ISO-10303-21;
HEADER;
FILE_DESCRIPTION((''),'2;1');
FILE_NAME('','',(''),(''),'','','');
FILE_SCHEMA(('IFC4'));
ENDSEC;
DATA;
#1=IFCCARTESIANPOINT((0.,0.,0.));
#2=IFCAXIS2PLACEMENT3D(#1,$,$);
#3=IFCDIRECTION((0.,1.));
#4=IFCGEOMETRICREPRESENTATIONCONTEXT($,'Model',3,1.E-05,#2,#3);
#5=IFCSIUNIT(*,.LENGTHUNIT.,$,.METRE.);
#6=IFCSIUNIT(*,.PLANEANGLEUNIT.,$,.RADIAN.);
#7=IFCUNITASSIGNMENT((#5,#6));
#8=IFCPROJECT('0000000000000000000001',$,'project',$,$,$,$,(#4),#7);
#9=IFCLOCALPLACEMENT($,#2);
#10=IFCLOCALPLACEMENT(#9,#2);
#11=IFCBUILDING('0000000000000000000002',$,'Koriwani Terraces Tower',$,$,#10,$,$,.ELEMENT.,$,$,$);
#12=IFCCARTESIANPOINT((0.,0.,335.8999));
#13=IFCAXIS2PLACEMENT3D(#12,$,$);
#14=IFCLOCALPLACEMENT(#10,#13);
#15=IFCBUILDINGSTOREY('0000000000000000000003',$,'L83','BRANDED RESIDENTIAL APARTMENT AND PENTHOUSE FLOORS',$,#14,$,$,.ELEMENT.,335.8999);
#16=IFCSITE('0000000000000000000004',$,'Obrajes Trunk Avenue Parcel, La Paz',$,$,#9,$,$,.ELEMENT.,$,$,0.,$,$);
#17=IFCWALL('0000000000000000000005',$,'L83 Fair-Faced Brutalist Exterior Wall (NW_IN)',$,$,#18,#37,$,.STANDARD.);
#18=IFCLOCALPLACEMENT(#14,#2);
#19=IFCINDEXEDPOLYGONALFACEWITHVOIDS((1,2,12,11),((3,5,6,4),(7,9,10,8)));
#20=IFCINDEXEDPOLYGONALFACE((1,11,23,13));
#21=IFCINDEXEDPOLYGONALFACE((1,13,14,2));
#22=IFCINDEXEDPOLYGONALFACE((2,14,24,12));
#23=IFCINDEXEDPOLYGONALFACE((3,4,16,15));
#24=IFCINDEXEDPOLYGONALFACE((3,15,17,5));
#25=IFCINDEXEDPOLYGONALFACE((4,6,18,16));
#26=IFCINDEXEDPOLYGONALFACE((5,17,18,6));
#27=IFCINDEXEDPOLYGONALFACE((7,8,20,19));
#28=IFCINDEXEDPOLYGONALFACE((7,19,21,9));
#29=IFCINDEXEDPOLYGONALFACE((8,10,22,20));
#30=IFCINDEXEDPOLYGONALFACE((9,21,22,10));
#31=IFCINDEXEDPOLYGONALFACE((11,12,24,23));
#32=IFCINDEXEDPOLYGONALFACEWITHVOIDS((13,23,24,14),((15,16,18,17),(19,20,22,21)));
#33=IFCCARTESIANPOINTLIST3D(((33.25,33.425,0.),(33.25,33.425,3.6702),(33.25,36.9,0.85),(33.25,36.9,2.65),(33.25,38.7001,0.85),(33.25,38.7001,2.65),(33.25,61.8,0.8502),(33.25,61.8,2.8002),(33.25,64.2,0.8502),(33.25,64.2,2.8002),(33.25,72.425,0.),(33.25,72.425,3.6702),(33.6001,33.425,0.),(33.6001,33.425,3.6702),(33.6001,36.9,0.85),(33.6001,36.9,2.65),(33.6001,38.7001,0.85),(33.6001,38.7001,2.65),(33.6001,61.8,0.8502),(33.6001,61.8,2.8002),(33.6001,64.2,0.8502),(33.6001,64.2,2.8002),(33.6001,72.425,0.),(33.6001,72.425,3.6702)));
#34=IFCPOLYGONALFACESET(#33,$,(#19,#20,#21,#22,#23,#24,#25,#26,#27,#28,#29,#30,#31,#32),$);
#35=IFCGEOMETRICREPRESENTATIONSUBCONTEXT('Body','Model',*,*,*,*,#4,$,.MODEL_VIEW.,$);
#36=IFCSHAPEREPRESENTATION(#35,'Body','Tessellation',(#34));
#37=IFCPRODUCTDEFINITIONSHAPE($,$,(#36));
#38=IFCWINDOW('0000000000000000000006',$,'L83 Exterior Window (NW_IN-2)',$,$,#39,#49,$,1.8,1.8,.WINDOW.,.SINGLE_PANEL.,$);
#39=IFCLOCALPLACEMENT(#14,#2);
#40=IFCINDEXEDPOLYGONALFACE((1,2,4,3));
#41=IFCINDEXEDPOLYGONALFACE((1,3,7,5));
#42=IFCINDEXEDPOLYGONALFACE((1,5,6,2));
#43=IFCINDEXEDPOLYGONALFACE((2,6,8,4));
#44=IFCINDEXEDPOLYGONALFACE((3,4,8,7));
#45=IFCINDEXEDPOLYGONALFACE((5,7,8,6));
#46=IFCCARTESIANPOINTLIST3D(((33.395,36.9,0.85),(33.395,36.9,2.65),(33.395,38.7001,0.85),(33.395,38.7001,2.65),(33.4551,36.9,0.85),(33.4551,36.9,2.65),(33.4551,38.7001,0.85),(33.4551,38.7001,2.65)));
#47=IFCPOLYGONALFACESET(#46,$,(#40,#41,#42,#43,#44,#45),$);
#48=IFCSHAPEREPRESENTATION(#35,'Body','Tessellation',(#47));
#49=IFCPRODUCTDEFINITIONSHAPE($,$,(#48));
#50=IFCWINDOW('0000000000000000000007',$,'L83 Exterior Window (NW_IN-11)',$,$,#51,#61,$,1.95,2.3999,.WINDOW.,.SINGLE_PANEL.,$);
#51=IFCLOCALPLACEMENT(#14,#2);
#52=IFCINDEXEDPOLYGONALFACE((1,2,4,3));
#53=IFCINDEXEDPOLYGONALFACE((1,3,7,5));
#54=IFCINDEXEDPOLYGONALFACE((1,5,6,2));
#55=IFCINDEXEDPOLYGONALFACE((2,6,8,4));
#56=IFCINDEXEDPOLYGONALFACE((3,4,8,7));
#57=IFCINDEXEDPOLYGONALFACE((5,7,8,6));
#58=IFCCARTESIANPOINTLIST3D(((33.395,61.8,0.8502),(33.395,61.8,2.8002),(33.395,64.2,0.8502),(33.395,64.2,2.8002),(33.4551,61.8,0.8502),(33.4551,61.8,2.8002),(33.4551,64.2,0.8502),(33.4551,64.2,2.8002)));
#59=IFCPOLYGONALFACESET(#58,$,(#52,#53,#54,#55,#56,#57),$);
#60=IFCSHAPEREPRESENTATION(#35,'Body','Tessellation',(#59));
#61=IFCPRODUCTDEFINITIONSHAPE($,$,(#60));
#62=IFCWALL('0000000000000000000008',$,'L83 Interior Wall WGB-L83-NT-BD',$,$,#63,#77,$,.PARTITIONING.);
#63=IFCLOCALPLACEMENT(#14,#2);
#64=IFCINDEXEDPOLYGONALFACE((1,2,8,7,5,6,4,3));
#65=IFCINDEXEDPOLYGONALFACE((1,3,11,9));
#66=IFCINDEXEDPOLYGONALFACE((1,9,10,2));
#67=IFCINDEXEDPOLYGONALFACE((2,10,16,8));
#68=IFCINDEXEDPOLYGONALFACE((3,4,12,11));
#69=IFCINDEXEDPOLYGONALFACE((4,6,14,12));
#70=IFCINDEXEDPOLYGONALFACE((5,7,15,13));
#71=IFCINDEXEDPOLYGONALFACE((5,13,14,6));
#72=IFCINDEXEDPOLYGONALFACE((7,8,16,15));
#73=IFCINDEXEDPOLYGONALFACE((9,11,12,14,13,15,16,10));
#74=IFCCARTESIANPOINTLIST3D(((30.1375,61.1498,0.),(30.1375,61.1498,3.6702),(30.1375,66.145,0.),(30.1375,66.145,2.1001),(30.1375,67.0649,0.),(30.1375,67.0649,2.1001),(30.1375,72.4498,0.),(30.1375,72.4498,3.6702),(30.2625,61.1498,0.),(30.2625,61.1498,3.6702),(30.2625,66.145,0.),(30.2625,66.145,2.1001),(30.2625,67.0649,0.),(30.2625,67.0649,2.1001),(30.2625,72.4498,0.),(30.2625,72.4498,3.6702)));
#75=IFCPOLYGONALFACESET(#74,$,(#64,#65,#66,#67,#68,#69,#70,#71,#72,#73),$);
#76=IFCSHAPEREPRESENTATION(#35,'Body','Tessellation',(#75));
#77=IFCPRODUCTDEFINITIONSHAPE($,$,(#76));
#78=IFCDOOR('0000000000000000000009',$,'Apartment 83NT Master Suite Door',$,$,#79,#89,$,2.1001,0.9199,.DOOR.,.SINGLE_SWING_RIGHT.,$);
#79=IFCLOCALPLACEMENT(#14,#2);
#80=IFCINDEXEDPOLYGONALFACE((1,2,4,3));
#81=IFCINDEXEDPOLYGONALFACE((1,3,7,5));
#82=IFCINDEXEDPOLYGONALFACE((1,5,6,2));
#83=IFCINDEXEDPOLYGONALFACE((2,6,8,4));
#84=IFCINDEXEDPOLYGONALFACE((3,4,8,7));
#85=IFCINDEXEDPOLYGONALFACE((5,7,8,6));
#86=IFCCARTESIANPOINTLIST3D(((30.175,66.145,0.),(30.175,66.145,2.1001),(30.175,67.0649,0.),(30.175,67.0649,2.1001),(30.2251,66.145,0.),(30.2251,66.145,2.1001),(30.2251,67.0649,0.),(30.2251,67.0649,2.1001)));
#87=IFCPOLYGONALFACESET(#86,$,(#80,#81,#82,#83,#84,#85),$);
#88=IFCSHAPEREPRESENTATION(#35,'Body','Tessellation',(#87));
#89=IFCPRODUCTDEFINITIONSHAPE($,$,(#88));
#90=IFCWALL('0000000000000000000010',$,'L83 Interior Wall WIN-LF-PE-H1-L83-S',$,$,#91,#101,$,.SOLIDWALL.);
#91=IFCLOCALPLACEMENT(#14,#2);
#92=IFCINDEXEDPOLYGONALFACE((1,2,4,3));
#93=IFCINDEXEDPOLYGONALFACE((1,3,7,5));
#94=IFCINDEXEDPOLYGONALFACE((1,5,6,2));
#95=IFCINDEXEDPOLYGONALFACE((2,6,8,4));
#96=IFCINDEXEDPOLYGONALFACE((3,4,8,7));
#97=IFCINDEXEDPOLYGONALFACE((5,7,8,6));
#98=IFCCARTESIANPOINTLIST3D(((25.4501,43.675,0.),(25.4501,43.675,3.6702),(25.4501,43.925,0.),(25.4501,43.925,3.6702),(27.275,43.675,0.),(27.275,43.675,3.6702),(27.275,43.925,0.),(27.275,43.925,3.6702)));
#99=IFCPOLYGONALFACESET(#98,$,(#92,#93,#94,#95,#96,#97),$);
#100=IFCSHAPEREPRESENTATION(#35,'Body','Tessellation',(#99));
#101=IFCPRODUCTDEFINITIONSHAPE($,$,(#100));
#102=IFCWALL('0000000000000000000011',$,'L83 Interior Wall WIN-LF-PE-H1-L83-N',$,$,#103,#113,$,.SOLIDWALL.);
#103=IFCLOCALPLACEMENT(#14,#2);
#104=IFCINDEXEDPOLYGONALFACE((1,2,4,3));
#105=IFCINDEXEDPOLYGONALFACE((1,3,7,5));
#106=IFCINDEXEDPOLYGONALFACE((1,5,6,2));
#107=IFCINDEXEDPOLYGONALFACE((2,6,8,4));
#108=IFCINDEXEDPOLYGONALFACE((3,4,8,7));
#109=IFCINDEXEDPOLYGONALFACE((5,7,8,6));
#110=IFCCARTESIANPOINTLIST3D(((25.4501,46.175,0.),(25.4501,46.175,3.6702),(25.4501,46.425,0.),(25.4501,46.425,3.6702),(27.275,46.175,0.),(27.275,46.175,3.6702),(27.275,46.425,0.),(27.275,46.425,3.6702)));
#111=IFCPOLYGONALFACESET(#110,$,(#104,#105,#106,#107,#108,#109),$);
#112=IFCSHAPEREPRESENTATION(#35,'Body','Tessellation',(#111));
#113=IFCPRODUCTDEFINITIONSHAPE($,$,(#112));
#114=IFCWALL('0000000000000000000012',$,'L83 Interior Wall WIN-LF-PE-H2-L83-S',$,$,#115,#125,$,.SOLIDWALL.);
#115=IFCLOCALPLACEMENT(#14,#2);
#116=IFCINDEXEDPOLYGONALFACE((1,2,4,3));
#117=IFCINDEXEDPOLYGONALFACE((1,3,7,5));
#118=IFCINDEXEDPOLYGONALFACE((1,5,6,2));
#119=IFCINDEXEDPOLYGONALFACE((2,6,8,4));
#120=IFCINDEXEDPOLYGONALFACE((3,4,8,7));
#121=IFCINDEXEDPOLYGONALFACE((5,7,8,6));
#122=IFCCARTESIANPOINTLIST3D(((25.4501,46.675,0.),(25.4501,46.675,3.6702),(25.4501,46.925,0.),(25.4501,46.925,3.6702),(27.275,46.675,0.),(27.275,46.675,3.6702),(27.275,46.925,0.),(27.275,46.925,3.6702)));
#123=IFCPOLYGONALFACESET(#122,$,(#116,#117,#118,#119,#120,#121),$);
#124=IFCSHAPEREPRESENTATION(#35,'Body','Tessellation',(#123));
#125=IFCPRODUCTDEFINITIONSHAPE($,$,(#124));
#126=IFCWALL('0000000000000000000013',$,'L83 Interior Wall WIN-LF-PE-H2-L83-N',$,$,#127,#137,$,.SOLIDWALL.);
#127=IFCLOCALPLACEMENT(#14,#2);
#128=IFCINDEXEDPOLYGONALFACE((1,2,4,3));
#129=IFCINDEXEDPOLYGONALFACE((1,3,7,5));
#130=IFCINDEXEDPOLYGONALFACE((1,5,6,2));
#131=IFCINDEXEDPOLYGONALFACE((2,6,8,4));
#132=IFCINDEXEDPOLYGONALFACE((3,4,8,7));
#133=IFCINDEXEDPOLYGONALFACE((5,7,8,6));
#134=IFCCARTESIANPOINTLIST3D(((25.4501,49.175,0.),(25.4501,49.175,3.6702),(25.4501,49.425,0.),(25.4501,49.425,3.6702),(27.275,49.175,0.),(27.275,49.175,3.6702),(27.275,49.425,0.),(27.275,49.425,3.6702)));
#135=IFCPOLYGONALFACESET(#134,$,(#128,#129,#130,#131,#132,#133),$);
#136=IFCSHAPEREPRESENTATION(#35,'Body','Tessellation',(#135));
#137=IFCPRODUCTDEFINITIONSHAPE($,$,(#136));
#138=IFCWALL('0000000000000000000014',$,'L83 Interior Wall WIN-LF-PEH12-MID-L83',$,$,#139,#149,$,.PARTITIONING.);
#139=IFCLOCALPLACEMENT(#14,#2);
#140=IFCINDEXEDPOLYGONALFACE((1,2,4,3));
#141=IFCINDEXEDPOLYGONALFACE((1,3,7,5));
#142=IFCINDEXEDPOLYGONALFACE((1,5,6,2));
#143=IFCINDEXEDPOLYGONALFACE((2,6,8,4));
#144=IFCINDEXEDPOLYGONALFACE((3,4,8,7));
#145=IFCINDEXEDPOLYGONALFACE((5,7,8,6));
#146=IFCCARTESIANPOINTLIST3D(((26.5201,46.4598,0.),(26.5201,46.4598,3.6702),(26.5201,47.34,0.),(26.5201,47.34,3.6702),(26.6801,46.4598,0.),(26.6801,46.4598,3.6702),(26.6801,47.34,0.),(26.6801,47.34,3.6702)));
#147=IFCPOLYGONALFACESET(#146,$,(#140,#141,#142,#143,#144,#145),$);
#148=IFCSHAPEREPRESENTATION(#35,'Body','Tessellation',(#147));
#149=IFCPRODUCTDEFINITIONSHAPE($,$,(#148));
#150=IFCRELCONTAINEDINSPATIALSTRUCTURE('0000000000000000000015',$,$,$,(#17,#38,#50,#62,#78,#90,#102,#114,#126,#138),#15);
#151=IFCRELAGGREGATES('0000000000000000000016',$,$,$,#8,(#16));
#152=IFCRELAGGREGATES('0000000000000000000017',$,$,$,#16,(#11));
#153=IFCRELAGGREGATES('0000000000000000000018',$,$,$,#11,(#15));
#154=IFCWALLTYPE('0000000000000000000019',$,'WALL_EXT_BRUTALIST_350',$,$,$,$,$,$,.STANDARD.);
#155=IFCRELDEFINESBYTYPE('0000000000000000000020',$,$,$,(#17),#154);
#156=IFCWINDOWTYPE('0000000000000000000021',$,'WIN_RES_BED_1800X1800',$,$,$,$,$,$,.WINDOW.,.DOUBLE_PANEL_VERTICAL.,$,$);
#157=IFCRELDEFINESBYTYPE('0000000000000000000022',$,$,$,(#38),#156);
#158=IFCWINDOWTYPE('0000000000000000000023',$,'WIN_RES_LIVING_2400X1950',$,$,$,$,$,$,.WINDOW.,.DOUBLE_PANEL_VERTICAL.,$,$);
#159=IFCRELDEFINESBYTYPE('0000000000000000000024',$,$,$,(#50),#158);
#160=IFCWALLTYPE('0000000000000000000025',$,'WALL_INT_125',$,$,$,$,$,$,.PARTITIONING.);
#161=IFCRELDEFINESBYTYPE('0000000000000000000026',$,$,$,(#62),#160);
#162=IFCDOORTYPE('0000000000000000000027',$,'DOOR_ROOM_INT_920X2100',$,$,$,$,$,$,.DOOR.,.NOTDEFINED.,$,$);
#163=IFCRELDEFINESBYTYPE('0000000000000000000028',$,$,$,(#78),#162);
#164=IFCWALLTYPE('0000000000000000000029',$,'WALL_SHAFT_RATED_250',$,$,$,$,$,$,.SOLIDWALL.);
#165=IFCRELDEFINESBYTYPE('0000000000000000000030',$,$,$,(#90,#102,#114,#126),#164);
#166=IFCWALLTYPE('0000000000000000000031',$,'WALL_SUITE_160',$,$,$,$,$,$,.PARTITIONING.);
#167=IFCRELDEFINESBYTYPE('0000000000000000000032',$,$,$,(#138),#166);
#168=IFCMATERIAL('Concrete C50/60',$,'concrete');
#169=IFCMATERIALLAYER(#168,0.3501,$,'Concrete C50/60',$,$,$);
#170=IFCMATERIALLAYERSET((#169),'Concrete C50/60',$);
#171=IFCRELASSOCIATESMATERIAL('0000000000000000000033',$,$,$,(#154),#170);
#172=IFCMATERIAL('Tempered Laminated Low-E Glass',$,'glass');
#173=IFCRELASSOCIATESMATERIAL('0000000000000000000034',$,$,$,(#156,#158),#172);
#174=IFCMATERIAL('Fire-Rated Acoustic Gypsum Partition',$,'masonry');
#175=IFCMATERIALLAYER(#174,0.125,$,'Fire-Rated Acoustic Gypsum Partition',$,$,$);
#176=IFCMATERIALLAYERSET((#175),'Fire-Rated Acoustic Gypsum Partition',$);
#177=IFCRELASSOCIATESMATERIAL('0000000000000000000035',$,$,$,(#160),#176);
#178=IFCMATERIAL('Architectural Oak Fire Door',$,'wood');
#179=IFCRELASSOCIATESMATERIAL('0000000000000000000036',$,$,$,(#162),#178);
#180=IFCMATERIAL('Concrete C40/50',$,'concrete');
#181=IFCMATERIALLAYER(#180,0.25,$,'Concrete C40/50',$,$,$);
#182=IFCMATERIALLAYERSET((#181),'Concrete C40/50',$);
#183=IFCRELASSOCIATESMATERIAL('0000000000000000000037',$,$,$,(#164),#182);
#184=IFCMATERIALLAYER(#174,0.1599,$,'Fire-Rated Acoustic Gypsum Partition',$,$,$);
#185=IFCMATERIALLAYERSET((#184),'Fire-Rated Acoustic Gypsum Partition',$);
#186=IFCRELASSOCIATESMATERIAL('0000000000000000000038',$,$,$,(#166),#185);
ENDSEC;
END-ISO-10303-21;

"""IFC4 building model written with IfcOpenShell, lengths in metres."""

from ifc_helpers import new_model, si_unit, direction, frame, frame_2d, origin, place, context, subcontext, project, spatial, rectangle, extrude, material, layer, layer_set, type_object, element, fill, save


model = new_model("IFC4")

# Units and contexts
model_context = context("Model", 3, precision=1e-05, world=origin(), true_north=direction((0.0, 1.0)))
body_context = subcontext(model_context, "Body", "Model", "MODEL_VIEW")
ifc_project = project(units=[si_unit("LENGTHUNIT", "METRE"), si_unit("PLANEANGLEUNIT", "RADIAN")], contexts=[model_context])

# Site, building, storey
site_placement = place(None, origin())
site = spatial("IfcSite", under=ifc_project, at=site_placement, Name="Obrajes Trunk Avenue Parcel, La Paz", CompositionType="ELEMENT", RefElevation=0.0)
building_placement = place(site_placement, origin())
building = spatial("IfcBuilding", under=site, at=building_placement, Name="Koriwani Terraces Tower", CompositionType="ELEMENT")
storey_placement = place(building_placement, frame((0.0, 0.0, 335.8999)))
storey = spatial("IfcBuildingStorey", under=building, at=storey_placement, Name="L83", Description="BRANDED RESIDENTIAL APARTMENT AND PENTHOUSE FLOORS", CompositionType="ELEMENT", Elevation=335.8999)

# Shared definitions
ifc_material_1 = material(Name="Concrete C50/60", Category="concrete")

# Shared definitions
ifc_material_2 = material(Name="Concrete C40/50", Category="concrete")

# Shared definitions
ifc_layer_1 = layer(ifc_material_1, 0.3501, Name="Concrete C50/60")
ifc_layer_set_1 = layer_set([ifc_layer_1], Name="Concrete C50/60")
wall_type_1 = type_object("IfcWallType", Name="WALL_EXT_BRUTALIST_350", PredefinedType="STANDARD", material=ifc_layer_set_1)

# Shared definitions
ifc_material_3 = material(Name="Tempered Laminated Low-E Glass", Category="glass")
window_type_1 = type_object("IfcWindowType", Name="WIN_RES_BED_1800X1800", PartitioningType="DOUBLE_PANEL_VERTICAL", PredefinedType="WINDOW", material=ifc_material_3)

# Wall, openings, windows
wall_1_placement = place(storey_placement, frame((33.425, 72.425, 0.0), z_axis=(0.0, 0.0, 1.0), x_axis=(0.0, -1.0, 0.0)))
wall_1 = element("IfcWall", 1, at=wall_1_placement, inside=storey, type_object=wall_type_1, Name="L83 Fair-Faced Brutalist Exterior Wall (NW_IN)", PredefinedType="STANDARD", context=body_context, shape_type="SweptSolid", body=[
    extrude(rectangle(XDim=39.0, YDim=0.3501, at=frame_2d((19.5, 0.0))), origin(), (0.0, 0.0, 1.0), 3.6702),
])
opening_1_placement = place(wall_1_placement, frame((33.7251, 0.0, 0.8501)))
opening_1 = element("IfcOpeningElement", 2, at=opening_1_placement, cuts=wall_1, PredefinedType="OPENING", context=body_context, shape_type="SweptSolid", body=[
    extrude(rectangle(XDim=1.8, YDim=1.8, at=frame_2d((0.8999, 0.8999))), frame((0.0, 0.1851, 0.0), z_axis=(0.0, -1.0, 0.0), x_axis=(1.0, 0.0, 0.0)), (0.0, 0.0, 1.0), 0.3701),
])
opening_2_placement = place(wall_1_placement, frame((8.2251, 0.0, 0.8501)))
opening_2 = element("IfcOpeningElement", 3, at=opening_2_placement, cuts=wall_1, PredefinedType="OPENING", context=body_context, shape_type="SweptSolid", body=[
    extrude(rectangle(XDim=2.3999, YDim=1.95, at=frame_2d((1.2, 0.9751))), frame((0.0, 0.1851, 0.0), z_axis=(0.0, -1.0, 0.0), x_axis=(1.0, 0.0, 0.0)), (0.0, 0.0, 1.0), 0.3701),
])
window_1_placement = place(opening_1_placement, origin())
window_1 = element("IfcWindow", 4, at=window_1_placement, inside=storey, type_object=window_type_1, Name="L83 Exterior Window (NW_IN-2)", OverallHeight=1.8, OverallWidth=1.8, PartitioningType="SINGLE_PANEL", PredefinedType="WINDOW", context=body_context, shape_type="SweptSolid", body=[
    extrude(rectangle(XDim=1.8, YDim=1.8, at=frame_2d((0.8999, 0.8999))), frame((0.0, 0.03, 0.0), z_axis=(0.0, -1.0, 0.0), x_axis=(1.0, 0.0, 0.0)), (0.0, 0.0, 1.0), 0.0601),
])
fill(opening_1, window_1)
window_type_2 = type_object("IfcWindowType", Name="WIN_RES_LIVING_2400X1950", PartitioningType="DOUBLE_PANEL_VERTICAL", PredefinedType="WINDOW", material=ifc_material_3)
window_2_placement = place(opening_2_placement, origin())
window_2 = element("IfcWindow", 5, at=window_2_placement, inside=storey, type_object=window_type_2, Name="L83 Exterior Window (NW_IN-11)", OverallHeight=1.95, OverallWidth=2.3999, PartitioningType="SINGLE_PANEL", PredefinedType="WINDOW", context=body_context, shape_type="SweptSolid", body=[
    extrude(rectangle(XDim=2.3999, YDim=1.95, at=frame_2d((1.2, 0.9751))), frame((0.0, 0.03, 0.0), z_axis=(0.0, -1.0, 0.0), x_axis=(1.0, 0.0, 0.0)), (0.0, 0.0, 1.0), 0.0601),
])
fill(opening_2, window_2)

# Wall, opening, door
ifc_material_4 = material(Name="Fire-Rated Acoustic Gypsum Partition", Category="masonry")
ifc_layer_2 = layer(ifc_material_4, 0.125, Name="Fire-Rated Acoustic Gypsum Partition")
ifc_layer_set_2 = layer_set([ifc_layer_2], Name="Fire-Rated Acoustic Gypsum Partition")
wall_type_2 = type_object("IfcWallType", Name="WALL_INT_125", PredefinedType="PARTITIONING", material=ifc_layer_set_2)
wall_2_placement = place(storey_placement, frame((30.2, 61.1499, 0.0), z_axis=(0.0, 0.0, 1.0), x_axis=(0.0, 1.0, 0.0)))
wall_2 = element("IfcWall", 6, at=wall_2_placement, inside=storey, type_object=wall_type_2, Name="L83 Interior Wall WGB-L83-NT-BD", PredefinedType="PARTITIONING", context=body_context, shape_type="SweptSolid", body=[
    extrude(rectangle(XDim=11.3, YDim=0.125, at=frame_2d((5.6499, 0.0))), origin(), (0.0, 0.0, 1.0), 3.6702),
])
opening_3_placement = place(wall_2_placement, frame((4.9951, 0.0, 0.0)))
opening_3 = element("IfcOpeningElement", 7, at=opening_3_placement, cuts=wall_2, PredefinedType="OPENING", context=body_context, shape_type="SweptSolid", body=[
    extrude(rectangle(XDim=0.9199, YDim=2.1001, at=frame_2d((0.46, 1.05))), frame((0.0, 0.0725, 0.0), z_axis=(0.0, -1.0, 0.0), x_axis=(1.0, 0.0, 0.0)), (0.0, 0.0, 1.0), 0.145),
])
ifc_material_5 = material(Name="Architectural Oak Fire Door", Category="wood")
door_type_1 = type_object("IfcDoorType", Name="DOOR_ROOM_INT_920X2100", OperationType="NOTDEFINED", PredefinedType="DOOR", material=ifc_material_5)
door_1_placement = place(opening_3_placement, origin())
door_1 = element("IfcDoor", 8, at=door_1_placement, inside=storey, type_object=door_type_1, Name="Apartment 83NT Master Suite Door", OperationType="SINGLE_SWING_RIGHT", OverallHeight=2.1001, OverallWidth=0.9199, PredefinedType="DOOR", context=body_context, shape_type="SweptSolid", body=[
    extrude(rectangle(XDim=0.9199, YDim=2.1001, at=frame_2d((0.46, 1.05))), frame((0.0, 0.0249, 0.0), z_axis=(0.0, -1.0, 0.0), x_axis=(1.0, 0.0, 0.0)), (0.0, 0.0, 1.0), 0.05),
])
fill(opening_3, door_1)

# Walls
ifc_layer_3 = layer(ifc_material_2, 0.25, Name="Concrete C40/50")
ifc_layer_set_3 = layer_set([ifc_layer_3], Name="Concrete C40/50")
wall_type_3 = type_object("IfcWallType", Name="WALL_SHAFT_RATED_250", PredefinedType="SOLIDWALL", material=ifc_layer_set_3)
for number, where, z_axis, x_axis, name in (
    (9, (25.45, 43.8, 0.0), (0.0, 0.0, 1.0), (1.0, 0.0, 0.0), "L83 Interior Wall WIN-LF-PE-H1-L83-S"),
    (10, (25.45, 46.3, 0.0), (0.0, 0.0, 1.0), (1.0, 0.0, 0.0), "L83 Interior Wall WIN-LF-PE-H1-L83-N"),
):
    element("IfcWall", number, at=place(storey_placement, frame(where, z_axis=z_axis, x_axis=x_axis)), inside=storey, type_object=wall_type_3, Name=name, PredefinedType="SOLIDWALL", context=body_context, shape_type="SweptSolid", body=[
        extrude(rectangle(XDim=1.825, YDim=0.25, at=frame_2d((0.9126, 0.0))), origin(), (0.0, 0.0, 1.0), 3.6702),
    ])

# Walls
for number, where, z_axis, x_axis, name in (
    (11, (25.45, 46.8, 0.0), (0.0, 0.0, 1.0), (1.0, 0.0, 0.0), "L83 Interior Wall WIN-LF-PE-H2-L83-S"),
    (12, (25.45, 49.3, 0.0), (0.0, 0.0, 1.0), (1.0, 0.0, 0.0), "L83 Interior Wall WIN-LF-PE-H2-L83-N"),
):
    element("IfcWall", number, at=place(storey_placement, frame(where, z_axis=z_axis, x_axis=x_axis)), inside=storey, type_object=wall_type_3, Name=name, PredefinedType="SOLIDWALL", context=body_context, shape_type="SweptSolid", body=[
        extrude(rectangle(XDim=1.825, YDim=0.25, at=frame_2d((0.9126, 0.0))), origin(), (0.0, 0.0, 1.0), 3.6702),
    ])
ifc_layer_4 = layer(ifc_material_4, 0.1599, Name="Fire-Rated Acoustic Gypsum Partition")
ifc_layer_set_4 = layer_set([ifc_layer_4], Name="Fire-Rated Acoustic Gypsum Partition")
wall_type_4 = type_object("IfcWallType", Name="WALL_SUITE_160", PredefinedType="PARTITIONING", material=ifc_layer_set_4)
wall_3_placement = place(storey_placement, frame((26.6001, 46.46, 0.0), z_axis=(0.0, 0.0, 1.0), x_axis=(0.0, 1.0, 0.0)))
element("IfcWall", 13, at=wall_3_placement, inside=storey, type_object=wall_type_4, Name="L83 Interior Wall WIN-LF-PEH12-MID-L83", PredefinedType="PARTITIONING", context=body_context, shape_type="SweptSolid", body=[
    extrude(rectangle(XDim=0.8801, YDim=0.1599, at=frame_2d((0.4399, 0.0))), origin(), (0.0, 0.0, 1.0), 3.6702),
])

save(model, "model.ifc")
